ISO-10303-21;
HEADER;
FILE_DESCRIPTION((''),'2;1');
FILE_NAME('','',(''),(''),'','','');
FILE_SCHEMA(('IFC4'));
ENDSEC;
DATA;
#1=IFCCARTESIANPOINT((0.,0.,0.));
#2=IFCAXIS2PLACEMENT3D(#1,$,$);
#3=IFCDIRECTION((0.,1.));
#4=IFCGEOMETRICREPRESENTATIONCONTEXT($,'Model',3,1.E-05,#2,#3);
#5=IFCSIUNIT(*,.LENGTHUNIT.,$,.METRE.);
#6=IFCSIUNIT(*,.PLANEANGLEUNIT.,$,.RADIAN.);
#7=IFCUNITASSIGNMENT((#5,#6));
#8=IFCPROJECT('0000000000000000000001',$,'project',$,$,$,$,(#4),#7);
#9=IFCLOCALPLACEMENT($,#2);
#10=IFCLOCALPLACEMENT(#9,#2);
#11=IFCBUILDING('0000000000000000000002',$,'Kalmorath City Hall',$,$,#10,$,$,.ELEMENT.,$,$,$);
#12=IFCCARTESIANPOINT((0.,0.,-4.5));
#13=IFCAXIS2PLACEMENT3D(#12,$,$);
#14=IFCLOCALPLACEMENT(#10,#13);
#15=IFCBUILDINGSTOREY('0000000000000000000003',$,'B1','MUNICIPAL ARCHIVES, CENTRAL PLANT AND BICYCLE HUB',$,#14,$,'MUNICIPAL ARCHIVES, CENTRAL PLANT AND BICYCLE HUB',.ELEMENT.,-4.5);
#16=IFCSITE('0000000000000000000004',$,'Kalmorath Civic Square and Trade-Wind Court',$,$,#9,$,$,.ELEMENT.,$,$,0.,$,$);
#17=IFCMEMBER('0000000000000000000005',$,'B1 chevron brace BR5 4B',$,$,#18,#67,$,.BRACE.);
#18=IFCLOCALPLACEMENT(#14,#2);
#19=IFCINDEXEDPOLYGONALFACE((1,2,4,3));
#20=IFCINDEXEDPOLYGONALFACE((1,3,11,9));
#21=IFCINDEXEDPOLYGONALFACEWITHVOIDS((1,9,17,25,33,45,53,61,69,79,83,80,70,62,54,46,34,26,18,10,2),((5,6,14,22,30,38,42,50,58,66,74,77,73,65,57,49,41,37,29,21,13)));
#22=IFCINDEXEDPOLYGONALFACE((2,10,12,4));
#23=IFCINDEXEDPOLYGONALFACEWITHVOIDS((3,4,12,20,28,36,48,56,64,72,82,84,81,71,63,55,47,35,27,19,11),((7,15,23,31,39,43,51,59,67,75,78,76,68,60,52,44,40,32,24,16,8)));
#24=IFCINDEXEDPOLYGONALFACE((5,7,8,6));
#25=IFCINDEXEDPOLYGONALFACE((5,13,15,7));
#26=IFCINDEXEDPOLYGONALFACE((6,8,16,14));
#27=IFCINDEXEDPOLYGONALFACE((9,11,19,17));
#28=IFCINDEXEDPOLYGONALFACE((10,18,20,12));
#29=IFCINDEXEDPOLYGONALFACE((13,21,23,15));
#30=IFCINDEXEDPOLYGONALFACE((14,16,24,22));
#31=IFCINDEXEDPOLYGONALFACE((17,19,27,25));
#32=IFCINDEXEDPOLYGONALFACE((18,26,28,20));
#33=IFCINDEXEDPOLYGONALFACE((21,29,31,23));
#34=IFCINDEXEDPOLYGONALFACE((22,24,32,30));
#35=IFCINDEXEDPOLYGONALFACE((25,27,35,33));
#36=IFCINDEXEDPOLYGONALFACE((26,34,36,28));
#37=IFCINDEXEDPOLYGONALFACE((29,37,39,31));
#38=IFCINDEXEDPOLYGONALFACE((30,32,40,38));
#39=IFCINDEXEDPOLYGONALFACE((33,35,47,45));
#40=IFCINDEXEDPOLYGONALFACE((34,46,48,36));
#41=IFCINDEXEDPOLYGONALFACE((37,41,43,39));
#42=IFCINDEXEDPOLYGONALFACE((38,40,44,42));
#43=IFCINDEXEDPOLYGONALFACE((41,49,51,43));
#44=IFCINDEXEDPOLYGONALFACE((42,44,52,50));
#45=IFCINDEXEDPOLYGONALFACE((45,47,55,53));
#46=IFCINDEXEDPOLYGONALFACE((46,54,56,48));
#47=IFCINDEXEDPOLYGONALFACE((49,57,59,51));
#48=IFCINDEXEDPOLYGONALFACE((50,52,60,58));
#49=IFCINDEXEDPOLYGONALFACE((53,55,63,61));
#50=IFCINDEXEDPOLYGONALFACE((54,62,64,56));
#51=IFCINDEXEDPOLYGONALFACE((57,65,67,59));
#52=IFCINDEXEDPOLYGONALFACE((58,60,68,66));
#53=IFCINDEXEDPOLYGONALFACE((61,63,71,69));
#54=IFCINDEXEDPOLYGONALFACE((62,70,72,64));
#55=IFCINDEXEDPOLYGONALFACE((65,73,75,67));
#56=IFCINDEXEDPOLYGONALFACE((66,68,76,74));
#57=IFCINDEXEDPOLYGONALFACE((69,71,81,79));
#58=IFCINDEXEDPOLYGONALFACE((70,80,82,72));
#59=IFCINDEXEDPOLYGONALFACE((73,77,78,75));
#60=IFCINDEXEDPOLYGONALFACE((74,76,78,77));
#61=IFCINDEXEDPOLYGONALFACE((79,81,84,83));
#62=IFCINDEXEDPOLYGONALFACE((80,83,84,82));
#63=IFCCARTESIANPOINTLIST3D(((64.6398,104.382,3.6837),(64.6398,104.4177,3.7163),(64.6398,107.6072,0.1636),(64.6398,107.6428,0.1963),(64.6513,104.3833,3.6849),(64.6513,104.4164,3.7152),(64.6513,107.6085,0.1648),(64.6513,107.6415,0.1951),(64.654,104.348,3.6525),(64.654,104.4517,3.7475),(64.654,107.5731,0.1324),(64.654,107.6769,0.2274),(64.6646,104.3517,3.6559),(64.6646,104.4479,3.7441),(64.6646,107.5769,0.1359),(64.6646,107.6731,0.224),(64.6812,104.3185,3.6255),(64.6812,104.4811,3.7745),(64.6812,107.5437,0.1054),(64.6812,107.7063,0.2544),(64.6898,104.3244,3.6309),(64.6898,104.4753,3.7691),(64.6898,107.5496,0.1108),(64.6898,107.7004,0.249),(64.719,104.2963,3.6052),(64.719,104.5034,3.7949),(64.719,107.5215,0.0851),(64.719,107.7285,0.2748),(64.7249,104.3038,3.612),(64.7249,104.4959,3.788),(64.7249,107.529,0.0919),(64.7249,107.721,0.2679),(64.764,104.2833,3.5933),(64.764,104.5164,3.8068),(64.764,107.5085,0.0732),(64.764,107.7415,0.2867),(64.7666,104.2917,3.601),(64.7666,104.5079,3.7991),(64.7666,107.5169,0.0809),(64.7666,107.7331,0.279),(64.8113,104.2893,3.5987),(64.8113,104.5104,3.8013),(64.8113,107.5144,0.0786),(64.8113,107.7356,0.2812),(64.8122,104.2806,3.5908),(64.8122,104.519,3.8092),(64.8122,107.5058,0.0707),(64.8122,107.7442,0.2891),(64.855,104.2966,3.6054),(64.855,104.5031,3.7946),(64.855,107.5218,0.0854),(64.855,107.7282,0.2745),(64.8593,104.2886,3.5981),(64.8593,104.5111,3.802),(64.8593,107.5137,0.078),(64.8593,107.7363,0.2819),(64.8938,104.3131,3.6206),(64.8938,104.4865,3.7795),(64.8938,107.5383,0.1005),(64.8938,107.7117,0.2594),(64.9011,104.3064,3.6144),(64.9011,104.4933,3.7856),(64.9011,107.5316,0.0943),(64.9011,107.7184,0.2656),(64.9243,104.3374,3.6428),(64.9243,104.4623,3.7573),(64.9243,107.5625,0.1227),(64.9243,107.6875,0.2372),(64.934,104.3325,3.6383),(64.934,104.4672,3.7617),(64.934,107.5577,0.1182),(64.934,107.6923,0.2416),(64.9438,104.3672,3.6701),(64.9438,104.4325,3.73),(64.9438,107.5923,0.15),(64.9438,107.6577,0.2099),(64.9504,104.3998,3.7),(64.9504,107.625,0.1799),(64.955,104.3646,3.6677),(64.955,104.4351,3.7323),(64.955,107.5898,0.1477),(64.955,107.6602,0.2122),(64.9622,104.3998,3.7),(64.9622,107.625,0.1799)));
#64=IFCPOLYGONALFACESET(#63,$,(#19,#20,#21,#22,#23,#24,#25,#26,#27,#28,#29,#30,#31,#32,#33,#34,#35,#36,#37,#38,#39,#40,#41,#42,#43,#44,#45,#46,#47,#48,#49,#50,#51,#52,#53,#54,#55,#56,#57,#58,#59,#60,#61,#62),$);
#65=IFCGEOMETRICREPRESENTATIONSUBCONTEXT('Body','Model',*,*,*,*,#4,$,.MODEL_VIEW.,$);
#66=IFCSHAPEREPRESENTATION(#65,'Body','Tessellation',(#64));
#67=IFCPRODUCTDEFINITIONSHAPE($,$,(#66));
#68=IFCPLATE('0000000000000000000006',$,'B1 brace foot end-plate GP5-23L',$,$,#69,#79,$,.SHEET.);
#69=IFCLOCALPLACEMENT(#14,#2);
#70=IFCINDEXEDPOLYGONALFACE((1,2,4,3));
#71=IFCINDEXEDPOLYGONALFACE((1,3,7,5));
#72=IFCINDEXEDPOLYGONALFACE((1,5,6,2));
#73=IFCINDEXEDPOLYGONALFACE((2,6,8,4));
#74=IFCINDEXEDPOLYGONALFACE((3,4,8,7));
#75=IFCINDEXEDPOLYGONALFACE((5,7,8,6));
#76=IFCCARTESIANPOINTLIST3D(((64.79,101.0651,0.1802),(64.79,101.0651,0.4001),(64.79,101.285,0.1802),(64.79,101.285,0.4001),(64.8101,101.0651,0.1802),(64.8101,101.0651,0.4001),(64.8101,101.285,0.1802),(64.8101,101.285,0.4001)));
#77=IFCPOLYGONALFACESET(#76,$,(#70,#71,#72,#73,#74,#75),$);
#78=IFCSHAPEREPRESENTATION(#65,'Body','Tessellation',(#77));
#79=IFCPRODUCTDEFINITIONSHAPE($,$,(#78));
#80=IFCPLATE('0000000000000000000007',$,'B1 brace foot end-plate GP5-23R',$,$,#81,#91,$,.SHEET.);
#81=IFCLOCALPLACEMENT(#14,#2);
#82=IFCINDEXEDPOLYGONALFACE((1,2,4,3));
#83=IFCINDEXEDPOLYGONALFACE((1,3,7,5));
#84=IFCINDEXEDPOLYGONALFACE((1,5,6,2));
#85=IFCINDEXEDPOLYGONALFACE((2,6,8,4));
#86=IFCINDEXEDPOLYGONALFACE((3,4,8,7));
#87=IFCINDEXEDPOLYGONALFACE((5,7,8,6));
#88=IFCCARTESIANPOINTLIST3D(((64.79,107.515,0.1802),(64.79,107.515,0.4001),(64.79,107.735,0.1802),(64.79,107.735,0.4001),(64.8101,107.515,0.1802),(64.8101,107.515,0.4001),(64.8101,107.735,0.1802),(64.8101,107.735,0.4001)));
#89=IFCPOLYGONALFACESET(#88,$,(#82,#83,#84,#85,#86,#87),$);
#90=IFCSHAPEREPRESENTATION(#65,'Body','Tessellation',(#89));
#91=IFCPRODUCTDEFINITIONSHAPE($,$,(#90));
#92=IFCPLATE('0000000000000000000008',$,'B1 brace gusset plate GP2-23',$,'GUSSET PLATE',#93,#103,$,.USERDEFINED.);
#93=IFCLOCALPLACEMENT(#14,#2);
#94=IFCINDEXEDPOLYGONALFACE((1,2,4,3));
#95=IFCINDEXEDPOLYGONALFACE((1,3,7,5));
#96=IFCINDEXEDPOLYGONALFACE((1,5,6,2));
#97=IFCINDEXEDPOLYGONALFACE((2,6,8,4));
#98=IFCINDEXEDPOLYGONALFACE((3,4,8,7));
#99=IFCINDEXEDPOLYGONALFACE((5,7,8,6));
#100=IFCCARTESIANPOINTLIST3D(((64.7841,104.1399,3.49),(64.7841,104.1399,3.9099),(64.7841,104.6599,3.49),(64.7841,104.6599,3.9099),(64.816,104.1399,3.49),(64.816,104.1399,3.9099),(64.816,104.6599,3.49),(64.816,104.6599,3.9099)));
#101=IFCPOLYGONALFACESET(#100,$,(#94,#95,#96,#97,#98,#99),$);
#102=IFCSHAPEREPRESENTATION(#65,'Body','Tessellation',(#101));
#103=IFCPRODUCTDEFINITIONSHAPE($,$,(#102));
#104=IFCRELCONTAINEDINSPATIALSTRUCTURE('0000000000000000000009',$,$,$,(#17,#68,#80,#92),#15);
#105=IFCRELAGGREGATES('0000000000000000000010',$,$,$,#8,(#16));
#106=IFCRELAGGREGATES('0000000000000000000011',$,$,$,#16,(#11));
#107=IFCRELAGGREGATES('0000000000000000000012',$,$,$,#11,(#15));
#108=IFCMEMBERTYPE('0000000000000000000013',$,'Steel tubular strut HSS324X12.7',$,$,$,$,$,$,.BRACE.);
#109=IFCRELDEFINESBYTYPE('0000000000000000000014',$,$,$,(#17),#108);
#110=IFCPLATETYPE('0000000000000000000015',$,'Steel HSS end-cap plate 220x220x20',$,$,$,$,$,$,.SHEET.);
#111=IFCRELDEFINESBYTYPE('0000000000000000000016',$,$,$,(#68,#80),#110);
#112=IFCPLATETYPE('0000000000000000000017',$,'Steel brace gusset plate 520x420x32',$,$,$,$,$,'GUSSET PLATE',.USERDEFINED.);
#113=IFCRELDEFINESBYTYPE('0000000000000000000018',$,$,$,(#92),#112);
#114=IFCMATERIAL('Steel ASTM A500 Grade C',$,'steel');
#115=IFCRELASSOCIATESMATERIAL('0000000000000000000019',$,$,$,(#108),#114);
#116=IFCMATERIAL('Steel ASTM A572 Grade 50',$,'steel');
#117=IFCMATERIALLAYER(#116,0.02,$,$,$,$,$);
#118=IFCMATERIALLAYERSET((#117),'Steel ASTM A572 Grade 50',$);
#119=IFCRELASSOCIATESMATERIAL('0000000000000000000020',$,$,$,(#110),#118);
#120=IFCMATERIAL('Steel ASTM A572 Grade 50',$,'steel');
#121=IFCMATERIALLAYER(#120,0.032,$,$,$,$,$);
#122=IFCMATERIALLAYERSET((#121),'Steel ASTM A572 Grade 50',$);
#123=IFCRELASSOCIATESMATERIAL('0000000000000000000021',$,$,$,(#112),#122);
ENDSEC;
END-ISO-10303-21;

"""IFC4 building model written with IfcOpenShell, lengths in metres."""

from ifc_helpers import new_model, si_unit, direction, frame, origin, origin_2d, place, context, subcontext, project, spatial, rectangle, hollow_circle, extrude, material, layer, layer_set, material_profile, profile_set, type_object, element, save


model = new_model("IFC4")

# Units and contexts
model_context = context("Model", 3, precision=1e-05, world=origin(), true_north=direction((0.0, 1.0)))
body_context = subcontext(model_context, "Body", "Model", "MODEL_VIEW")
ifc_project = project(units=[si_unit("LENGTHUNIT", "METRE"), si_unit("PLANEANGLEUNIT", "RADIAN")], contexts=[model_context])

# Site, building, storey
site_placement = place(None, origin())
site = spatial("IfcSite", under=ifc_project, at=site_placement, Name="Kalmorath Civic Square and Trade-Wind Court", CompositionType="ELEMENT", RefElevation=0.0)
building_placement = place(site_placement, origin())
building = spatial("IfcBuilding", under=site, at=building_placement, Name="Kalmorath City Hall", CompositionType="ELEMENT")
storey_placement = place(building_placement, frame((0.0, 0.0, -4.5)))
storey = spatial("IfcBuildingStorey", under=building, at=storey_placement, Name="B1", Description="MUNICIPAL ARCHIVES, CENTRAL PLANT AND BICYCLE HUB", LongName="MUNICIPAL ARCHIVES, CENTRAL PLANT AND BICYCLE HUB", CompositionType="ELEMENT", Elevation=-4.5)

# Member
ifc_material_1 = material(Name="Steel ASTM A500 Grade C", Category="steel")
ifc_material_profile_1 = material_profile(ifc_material_1, hollow_circle(Radius=0.1621, WallThickness=0.0117, at=origin_2d()), Name="HSS324X12.7")
ifc_profile_set_1 = profile_set([ifc_material_profile_1], Name="Steel ASTM A500 Grade C")
member_type = type_object("IfcMemberType", Name="Steel tubular strut HSS324X12.7", PredefinedType="BRACE", material=ifc_profile_set_1)
member_1_placement = place(storey_placement, frame((64.8, 107.625, 0.1799), z_axis=(0.0, -0.675544, 0.73732), x_axis=(1.0, 0.0, 0.0)))
element("IfcMember", 1, at=member_1_placement, inside=storey, type_object=member_type, Name="B1 chevron brace BR5 4B", PredefinedType="BRACE", context=body_context, shape_type="SweptSolid", body=[
    extrude(hollow_circle(Radius=0.1621, WallThickness=0.0117, at=origin_2d()), origin(), (0.0, 0.0, 1.0), 4.7742),
])

# Plates
ifc_material_2 = material(Name="Steel ASTM A572 Grade 50", Category="steel")
ifc_layer_1 = layer(ifc_material_2, 0.02)
ifc_layer_set_1 = layer_set([ifc_layer_1], Name="Steel ASTM A572 Grade 50")
plate_type_1 = type_object("IfcPlateType", Name="Steel HSS end-cap plate 220x220x20", PredefinedType="SHEET", material=ifc_layer_set_1)
for number, where, z_axis, x_axis, name in (
    (2, (64.8, 101.175, 0.1802), (0.0, 0.0, 1.0), (0.0, 1.0, 0.0), "B1 brace foot end-plate GP5-23L"),
    (3, (64.8, 107.625, 0.1802), (0.0, 0.0, 1.0), (0.0, 1.0, 0.0), "B1 brace foot end-plate GP5-23R"),
):
    element("IfcPlate", number, at=place(storey_placement, frame(where, z_axis=z_axis, x_axis=x_axis)), inside=storey, type_object=plate_type_1, Name=name, PredefinedType="SHEET", context=body_context, shape_type="SweptSolid", body=[
        extrude(rectangle(XDim=0.22, YDim=0.02, at=origin_2d()), origin(), (0.0, 0.0, 1.0), 0.22),
    ])
ifc_material_3 = material(Name="Steel ASTM A572 Grade 50", Category="steel")
ifc_layer_2 = layer(ifc_material_3, 0.032)
ifc_layer_set_2 = layer_set([ifc_layer_2], Name="Steel ASTM A572 Grade 50")
plate_type_2 = type_object("IfcPlateType", Name="Steel brace gusset plate 520x420x32", ElementType="GUSSET PLATE", PredefinedType="USERDEFINED", material=ifc_layer_set_2)
plate_placement = place(storey_placement, frame((64.8, 104.3999, 3.49), z_axis=(0.0, 0.0, 1.0), x_axis=(0.0, 1.0, 0.0)))
element("IfcPlate", 4, at=plate_placement, inside=storey, type_object=plate_type_2, Name="B1 brace gusset plate GP2-23", ObjectType="GUSSET PLATE", PredefinedType="USERDEFINED", context=body_context, shape_type="SweptSolid", body=[
    extrude(rectangle(XDim=0.52, YDim=0.032, at=origin_2d()), origin(), (0.0, 0.0, 1.0), 0.4199),
])

save(model, "model.ifc")
